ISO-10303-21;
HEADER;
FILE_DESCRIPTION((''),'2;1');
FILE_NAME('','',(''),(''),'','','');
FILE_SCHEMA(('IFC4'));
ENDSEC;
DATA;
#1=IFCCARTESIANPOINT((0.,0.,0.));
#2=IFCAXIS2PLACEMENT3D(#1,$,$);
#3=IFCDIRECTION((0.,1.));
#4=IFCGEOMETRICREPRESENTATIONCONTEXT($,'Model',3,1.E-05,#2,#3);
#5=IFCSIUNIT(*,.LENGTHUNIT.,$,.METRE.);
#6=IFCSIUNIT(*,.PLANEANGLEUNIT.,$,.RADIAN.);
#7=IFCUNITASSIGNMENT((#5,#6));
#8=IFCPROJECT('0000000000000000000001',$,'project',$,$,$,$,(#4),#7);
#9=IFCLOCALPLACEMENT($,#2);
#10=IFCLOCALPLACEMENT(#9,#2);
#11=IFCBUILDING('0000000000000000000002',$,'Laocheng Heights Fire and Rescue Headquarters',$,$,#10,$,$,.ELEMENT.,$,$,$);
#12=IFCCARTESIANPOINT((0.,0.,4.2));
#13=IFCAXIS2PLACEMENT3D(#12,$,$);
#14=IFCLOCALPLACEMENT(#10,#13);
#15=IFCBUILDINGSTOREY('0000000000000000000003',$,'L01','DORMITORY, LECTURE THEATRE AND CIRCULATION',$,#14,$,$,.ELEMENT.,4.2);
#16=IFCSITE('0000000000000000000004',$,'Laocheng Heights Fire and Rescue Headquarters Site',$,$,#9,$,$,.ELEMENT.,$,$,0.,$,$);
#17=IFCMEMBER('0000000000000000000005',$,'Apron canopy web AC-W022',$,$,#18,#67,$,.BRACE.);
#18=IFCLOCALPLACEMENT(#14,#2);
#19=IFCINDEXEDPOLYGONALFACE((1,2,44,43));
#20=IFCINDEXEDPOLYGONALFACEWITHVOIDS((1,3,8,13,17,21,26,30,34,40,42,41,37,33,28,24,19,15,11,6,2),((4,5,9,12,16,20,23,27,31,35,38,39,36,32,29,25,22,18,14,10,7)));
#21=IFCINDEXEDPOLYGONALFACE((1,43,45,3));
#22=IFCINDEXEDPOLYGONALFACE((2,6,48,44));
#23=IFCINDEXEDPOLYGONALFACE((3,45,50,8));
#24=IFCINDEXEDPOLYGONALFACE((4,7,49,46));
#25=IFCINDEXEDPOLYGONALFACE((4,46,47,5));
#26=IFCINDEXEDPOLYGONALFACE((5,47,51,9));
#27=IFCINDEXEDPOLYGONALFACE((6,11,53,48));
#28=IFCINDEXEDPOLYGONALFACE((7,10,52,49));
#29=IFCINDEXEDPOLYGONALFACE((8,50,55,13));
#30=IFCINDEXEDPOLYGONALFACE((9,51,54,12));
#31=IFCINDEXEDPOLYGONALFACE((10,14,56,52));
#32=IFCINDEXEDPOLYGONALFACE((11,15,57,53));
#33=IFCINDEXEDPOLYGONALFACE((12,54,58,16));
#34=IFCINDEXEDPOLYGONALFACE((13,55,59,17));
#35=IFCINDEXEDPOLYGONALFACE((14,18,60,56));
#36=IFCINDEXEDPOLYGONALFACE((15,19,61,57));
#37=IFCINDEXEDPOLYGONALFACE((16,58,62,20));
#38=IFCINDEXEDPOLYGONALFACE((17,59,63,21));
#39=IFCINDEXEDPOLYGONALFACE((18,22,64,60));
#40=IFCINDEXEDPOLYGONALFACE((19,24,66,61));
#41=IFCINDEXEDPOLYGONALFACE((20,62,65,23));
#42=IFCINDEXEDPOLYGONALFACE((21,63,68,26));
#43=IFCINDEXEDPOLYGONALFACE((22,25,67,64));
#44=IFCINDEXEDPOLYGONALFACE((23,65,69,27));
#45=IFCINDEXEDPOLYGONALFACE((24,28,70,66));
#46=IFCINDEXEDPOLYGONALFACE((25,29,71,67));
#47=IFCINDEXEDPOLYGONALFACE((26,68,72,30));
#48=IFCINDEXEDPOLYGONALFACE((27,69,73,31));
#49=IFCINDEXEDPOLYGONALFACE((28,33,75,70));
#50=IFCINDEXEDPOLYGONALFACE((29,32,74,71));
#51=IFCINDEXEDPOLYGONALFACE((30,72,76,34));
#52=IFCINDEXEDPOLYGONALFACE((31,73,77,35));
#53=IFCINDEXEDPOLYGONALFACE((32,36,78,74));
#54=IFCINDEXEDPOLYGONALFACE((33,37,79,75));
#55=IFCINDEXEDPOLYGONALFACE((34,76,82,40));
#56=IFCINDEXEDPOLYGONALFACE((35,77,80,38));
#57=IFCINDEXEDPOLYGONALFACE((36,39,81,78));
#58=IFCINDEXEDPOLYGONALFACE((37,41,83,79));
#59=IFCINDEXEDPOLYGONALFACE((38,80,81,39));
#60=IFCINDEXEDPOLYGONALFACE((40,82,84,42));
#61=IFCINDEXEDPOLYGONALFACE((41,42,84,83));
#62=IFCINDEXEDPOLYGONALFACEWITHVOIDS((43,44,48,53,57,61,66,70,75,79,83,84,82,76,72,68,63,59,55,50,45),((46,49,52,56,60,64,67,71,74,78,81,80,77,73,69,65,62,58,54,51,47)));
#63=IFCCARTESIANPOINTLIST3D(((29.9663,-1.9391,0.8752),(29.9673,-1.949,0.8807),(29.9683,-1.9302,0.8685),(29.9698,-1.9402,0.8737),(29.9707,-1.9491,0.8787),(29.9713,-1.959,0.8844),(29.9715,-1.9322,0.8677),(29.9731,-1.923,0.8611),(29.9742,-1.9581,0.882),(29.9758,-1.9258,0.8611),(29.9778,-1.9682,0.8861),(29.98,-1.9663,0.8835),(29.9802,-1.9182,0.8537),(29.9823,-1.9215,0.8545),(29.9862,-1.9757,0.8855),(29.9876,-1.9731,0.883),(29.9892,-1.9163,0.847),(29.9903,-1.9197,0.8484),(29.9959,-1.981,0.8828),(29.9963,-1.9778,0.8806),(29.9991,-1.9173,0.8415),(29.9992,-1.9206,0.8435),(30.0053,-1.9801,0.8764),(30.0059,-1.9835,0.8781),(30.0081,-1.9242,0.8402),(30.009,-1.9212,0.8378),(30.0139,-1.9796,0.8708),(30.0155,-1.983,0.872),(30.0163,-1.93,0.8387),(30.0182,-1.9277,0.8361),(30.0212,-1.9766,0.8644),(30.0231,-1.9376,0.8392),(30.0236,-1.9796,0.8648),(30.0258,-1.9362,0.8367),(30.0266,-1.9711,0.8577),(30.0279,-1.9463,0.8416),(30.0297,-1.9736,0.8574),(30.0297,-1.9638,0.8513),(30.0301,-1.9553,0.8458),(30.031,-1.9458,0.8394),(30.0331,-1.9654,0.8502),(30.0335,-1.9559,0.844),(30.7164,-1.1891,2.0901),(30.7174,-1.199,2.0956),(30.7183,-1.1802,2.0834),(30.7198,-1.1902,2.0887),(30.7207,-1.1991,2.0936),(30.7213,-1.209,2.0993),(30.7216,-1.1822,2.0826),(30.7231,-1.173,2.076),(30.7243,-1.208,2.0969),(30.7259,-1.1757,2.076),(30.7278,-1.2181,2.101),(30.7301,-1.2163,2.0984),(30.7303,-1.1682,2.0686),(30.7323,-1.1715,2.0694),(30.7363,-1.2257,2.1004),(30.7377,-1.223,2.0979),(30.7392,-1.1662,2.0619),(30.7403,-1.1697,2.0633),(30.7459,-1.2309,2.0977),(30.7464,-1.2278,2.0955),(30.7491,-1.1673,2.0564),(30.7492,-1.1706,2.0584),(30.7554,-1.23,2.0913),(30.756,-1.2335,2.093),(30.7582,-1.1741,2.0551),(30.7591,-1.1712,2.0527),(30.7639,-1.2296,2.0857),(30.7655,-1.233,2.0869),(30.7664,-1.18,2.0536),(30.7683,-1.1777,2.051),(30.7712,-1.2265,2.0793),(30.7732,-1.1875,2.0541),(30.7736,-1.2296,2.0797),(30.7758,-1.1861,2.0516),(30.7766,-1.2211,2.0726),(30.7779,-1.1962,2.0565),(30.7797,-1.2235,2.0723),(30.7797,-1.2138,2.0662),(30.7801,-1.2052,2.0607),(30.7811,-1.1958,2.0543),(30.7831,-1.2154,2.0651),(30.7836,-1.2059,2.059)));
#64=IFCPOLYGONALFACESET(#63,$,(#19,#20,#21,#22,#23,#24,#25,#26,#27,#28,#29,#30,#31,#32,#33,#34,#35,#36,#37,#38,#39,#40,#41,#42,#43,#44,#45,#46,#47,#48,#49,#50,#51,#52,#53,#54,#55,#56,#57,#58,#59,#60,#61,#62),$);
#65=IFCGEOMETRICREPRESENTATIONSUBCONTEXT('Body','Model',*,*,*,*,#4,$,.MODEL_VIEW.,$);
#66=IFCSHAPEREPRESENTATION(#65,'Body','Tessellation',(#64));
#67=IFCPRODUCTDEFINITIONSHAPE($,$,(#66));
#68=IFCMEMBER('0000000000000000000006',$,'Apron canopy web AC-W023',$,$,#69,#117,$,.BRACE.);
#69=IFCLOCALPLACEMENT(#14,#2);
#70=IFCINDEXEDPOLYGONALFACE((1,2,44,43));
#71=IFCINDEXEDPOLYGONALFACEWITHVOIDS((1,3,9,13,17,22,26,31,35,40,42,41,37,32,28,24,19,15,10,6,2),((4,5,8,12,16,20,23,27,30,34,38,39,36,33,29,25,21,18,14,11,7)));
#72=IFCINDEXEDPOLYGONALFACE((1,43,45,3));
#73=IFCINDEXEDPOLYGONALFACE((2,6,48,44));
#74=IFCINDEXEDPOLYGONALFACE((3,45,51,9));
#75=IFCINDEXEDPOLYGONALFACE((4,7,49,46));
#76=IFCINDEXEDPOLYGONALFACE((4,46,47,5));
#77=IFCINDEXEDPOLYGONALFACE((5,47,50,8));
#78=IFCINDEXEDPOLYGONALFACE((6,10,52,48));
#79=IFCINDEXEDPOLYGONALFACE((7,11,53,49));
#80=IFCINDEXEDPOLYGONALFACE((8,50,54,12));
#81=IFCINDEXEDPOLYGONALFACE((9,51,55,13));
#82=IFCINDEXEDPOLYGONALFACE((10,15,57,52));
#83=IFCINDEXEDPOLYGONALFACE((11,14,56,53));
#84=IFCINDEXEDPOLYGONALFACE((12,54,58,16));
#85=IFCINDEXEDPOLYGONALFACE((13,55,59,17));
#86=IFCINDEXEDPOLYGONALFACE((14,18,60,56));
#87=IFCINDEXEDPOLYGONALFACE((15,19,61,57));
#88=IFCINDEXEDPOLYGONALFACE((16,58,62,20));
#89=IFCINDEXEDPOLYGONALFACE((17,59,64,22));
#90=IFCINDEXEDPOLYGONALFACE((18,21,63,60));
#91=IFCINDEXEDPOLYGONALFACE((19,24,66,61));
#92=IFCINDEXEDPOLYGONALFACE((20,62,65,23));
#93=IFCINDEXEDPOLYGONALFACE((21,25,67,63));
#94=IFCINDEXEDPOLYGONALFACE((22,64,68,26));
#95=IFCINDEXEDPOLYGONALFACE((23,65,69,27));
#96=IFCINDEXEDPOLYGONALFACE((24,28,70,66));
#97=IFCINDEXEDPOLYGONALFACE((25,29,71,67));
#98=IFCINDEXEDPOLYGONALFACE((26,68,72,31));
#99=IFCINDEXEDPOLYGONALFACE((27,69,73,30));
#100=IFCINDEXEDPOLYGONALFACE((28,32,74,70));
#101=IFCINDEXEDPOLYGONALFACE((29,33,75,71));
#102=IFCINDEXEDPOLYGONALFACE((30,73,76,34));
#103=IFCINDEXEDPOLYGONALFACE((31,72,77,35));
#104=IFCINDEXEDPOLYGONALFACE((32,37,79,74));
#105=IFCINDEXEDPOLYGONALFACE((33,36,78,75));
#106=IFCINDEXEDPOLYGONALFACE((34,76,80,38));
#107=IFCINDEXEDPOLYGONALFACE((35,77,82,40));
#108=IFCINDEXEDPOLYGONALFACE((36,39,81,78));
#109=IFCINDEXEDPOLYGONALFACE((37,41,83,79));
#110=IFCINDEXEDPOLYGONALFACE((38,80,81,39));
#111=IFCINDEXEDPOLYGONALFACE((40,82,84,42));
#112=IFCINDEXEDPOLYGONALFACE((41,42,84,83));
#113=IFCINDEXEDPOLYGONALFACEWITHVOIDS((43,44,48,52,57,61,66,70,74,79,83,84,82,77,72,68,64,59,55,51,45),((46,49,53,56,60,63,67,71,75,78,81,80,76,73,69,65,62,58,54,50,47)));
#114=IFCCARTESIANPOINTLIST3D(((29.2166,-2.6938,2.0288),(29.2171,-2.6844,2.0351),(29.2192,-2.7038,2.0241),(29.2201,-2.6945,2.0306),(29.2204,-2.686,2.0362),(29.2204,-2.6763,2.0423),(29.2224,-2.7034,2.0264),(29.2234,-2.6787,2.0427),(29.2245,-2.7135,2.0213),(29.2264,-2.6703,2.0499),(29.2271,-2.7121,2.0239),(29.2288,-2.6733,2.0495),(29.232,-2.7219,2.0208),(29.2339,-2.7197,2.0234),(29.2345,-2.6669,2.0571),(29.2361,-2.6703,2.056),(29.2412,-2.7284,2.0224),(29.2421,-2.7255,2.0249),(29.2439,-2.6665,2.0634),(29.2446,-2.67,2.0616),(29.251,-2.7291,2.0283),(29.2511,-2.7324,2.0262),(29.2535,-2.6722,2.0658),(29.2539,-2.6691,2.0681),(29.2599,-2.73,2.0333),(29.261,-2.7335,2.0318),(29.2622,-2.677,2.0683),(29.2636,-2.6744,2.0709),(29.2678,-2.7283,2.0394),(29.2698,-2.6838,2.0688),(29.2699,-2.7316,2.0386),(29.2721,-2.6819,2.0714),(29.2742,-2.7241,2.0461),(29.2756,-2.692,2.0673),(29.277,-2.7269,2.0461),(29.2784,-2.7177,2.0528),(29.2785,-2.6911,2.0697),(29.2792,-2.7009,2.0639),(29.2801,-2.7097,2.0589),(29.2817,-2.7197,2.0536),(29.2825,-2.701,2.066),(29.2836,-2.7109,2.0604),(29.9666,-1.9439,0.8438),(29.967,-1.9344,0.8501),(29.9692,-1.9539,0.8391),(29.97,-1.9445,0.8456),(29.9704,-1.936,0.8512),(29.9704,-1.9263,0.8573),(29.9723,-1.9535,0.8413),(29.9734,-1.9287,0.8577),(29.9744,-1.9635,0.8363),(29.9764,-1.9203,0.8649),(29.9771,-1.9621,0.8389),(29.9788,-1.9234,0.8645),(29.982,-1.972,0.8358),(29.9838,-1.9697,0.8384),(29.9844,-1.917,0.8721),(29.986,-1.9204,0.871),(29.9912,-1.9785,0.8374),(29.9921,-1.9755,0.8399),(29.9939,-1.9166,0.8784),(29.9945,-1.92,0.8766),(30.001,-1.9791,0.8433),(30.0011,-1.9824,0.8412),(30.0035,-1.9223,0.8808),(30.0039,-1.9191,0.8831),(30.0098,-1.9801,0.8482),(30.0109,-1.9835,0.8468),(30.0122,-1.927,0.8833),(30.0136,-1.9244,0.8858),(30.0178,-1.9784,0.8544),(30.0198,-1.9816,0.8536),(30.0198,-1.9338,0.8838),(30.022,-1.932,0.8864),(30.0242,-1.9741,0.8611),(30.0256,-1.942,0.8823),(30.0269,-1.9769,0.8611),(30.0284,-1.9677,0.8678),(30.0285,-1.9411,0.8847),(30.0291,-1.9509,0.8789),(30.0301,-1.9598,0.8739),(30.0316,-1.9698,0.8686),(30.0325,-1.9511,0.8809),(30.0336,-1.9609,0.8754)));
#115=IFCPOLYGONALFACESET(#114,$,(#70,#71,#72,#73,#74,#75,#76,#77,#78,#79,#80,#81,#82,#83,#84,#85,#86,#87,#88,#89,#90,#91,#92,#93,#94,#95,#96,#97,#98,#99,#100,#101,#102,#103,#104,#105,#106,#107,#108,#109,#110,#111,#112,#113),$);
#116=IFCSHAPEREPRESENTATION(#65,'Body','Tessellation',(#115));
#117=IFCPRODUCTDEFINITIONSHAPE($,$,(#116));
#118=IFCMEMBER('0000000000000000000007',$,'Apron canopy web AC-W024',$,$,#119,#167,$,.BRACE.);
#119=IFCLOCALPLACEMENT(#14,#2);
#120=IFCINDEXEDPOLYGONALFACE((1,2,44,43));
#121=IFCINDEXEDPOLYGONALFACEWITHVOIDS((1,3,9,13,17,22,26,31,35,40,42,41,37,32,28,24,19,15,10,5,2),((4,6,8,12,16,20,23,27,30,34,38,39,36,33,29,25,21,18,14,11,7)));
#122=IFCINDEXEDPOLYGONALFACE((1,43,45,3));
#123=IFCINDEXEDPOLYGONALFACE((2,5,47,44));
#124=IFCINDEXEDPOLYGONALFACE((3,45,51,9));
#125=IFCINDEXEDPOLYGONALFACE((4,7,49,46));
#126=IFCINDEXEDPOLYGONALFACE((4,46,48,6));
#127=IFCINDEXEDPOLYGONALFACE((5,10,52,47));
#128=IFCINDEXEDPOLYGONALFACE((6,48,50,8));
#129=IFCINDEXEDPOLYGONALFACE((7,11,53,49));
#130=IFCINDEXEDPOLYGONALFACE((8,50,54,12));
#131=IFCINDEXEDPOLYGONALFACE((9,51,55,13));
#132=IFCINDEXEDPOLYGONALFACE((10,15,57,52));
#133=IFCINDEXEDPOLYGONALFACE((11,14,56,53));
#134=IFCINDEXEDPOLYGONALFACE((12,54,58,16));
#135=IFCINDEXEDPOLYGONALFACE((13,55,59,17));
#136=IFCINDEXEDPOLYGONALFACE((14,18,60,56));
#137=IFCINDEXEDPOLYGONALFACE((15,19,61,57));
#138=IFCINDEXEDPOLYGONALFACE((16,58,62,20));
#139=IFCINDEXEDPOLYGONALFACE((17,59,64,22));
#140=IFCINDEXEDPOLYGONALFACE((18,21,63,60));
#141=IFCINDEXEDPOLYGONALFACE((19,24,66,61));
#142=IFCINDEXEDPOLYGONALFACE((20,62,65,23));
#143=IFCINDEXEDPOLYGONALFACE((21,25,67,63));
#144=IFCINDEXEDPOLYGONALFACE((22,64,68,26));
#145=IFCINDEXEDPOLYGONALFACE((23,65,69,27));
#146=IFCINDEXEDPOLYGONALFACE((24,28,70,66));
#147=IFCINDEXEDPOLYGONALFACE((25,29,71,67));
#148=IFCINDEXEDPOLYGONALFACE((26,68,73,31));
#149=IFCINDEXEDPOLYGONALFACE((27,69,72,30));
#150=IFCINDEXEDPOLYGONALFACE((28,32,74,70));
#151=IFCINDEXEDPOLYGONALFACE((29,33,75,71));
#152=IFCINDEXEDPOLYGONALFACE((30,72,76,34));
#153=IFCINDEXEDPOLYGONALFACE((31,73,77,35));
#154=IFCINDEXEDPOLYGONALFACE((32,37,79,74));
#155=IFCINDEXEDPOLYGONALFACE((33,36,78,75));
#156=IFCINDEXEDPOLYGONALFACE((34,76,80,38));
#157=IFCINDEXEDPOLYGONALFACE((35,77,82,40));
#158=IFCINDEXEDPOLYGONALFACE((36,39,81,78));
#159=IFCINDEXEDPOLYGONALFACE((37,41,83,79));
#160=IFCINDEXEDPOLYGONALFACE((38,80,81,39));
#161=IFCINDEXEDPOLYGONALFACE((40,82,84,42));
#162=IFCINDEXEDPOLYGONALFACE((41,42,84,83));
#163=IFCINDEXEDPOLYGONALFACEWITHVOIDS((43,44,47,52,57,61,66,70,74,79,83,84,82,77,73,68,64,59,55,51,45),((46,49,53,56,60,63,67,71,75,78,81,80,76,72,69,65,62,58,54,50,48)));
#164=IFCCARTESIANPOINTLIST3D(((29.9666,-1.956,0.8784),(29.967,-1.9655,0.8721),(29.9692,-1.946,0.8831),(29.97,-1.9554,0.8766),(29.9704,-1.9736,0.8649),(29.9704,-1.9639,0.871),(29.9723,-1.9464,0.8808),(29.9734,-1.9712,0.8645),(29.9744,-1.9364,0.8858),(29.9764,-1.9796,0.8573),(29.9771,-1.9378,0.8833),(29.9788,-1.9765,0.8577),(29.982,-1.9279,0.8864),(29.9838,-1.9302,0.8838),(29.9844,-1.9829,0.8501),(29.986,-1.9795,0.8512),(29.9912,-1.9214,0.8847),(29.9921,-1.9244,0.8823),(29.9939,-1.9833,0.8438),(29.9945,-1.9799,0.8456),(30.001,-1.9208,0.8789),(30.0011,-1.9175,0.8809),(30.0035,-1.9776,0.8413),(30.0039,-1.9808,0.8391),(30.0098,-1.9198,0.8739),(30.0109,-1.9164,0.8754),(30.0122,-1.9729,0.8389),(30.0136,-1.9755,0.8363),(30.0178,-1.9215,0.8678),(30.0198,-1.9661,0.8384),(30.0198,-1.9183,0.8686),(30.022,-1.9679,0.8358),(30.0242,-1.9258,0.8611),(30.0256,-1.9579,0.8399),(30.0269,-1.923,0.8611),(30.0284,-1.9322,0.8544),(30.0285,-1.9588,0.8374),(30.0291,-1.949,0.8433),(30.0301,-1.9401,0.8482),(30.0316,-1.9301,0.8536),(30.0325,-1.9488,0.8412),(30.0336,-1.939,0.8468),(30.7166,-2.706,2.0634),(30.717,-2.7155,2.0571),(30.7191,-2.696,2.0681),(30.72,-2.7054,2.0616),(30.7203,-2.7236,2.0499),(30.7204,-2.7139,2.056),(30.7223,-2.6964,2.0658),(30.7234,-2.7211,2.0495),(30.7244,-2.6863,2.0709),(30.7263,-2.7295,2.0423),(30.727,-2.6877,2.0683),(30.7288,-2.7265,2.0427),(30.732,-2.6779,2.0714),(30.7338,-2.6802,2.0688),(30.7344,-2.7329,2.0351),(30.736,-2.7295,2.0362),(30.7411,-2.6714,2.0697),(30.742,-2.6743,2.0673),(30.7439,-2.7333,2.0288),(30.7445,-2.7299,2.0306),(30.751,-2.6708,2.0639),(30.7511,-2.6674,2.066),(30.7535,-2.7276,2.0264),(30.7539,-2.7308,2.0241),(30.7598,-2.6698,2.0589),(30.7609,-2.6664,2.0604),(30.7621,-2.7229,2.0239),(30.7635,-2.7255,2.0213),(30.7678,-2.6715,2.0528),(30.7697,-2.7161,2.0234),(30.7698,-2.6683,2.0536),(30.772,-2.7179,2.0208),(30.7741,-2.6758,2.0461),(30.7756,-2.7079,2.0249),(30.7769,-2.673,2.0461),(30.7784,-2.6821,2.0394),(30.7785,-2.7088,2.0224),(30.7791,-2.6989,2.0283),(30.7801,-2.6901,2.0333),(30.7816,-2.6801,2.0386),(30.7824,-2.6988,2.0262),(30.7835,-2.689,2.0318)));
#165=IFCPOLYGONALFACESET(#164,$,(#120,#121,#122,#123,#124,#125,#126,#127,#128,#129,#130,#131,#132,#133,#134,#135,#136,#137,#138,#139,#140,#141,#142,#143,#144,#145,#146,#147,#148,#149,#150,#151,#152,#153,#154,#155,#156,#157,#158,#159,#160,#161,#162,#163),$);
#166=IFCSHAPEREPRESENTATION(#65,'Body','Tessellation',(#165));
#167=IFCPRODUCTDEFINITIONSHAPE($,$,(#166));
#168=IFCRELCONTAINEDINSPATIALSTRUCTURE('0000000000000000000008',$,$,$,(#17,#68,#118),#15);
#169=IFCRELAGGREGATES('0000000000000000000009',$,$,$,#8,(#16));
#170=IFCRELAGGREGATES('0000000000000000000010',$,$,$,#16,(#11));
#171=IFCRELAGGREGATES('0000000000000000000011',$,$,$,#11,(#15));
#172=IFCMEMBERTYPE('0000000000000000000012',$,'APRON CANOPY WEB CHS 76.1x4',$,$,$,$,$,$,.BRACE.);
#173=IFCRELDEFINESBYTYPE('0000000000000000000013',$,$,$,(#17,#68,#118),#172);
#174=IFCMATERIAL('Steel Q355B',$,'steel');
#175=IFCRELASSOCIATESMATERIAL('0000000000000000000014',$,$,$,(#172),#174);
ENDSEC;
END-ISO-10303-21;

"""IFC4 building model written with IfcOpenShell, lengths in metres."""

from ifc_helpers import new_model, si_unit, direction, frame, origin, origin_2d, place, context, subcontext, project, spatial, hollow_circle, extrude, material, material_profile, profile_set, type_object, element, save


model = new_model("IFC4")

# Units and contexts
model_context = context("Model", 3, precision=1e-05, world=origin(), true_north=direction((0.0, 1.0)))
body_context = subcontext(model_context, "Body", "Model", "MODEL_VIEW")
ifc_project = project(units=[si_unit("LENGTHUNIT", "METRE"), si_unit("PLANEANGLEUNIT", "RADIAN")], contexts=[model_context])

# Site, building, storey
site_placement = place(None, origin())
site = spatial("IfcSite", under=ifc_project, at=site_placement, Name="Laocheng Heights Fire and Rescue Headquarters Site", CompositionType="ELEMENT", RefElevation=0.0)
building_placement = place(site_placement, origin())
building = spatial("IfcBuilding", under=site, at=building_placement, Name="Laocheng Heights Fire and Rescue Headquarters", CompositionType="ELEMENT")
storey_placement = place(building_placement, frame((0.0, 0.0, 4.2)))
storey = spatial("IfcBuildingStorey", under=building, at=storey_placement, Name="L01", Description="DORMITORY, LECTURE THEATRE AND CIRCULATION", CompositionType="ELEMENT", Elevation=4.2)

# Members
ifc_material_1 = material(Name="Steel Q355B", Category="steel")
ifc_material_profile_1 = material_profile(ifc_material_1, hollow_circle(Radius=0.0381, WallThickness=0.0039, at=origin_2d()), Name="CHS 76.1x4")
ifc_profile_set_1 = profile_set([ifc_material_profile_1], Name="Steel Q355B")
member_type_1 = type_object("IfcMemberType", Name="APRON CANOPY WEB CHS 76.1x4", PredefinedType="BRACE", material=ifc_profile_set_1)
for number, where, z_axis, x_axis, name in (
    (1, (30.0, -1.95, 0.8611), (0.465055, 0.465055, 0.753292), (-0.707107, 0.707107, 0.0), "Apron canopy web AC-W022"),
):
    element("IfcMember", number, at=place(storey_placement, frame(where, z_axis=z_axis, x_axis=x_axis)), inside=storey, type_object=member_type_1, Name=name, PredefinedType="BRACE", context=body_context, shape_type="SweptSolid", body=[
        extrude(hollow_circle(Radius=0.0381, WallThickness=0.0039, at=origin_2d()), origin(), (0.0, 0.0, 1.0), 1.6128),
    ])
for number, where, z_axis, x_axis, name in (
    (2, (30.0, -1.95, 0.8611), (-0.47158, -0.47158, 0.745134), (0.707107, -0.707107, 0.0), "Apron canopy web AC-W023"),
    (3, (30.0, -1.95, 0.8611), (0.47158, -0.47158, 0.745134), (0.707107, 0.707107, 0.0), "Apron canopy web AC-W024"),
):
    element("IfcMember", number, at=place(storey_placement, frame(where, z_axis=z_axis, x_axis=x_axis)), inside=storey, type_object=member_type_1, Name=name, PredefinedType="BRACE", context=body_context, shape_type="SweptSolid", body=[
        extrude(hollow_circle(Radius=0.0381, WallThickness=0.0039, at=origin_2d()), origin(), (0.0, 0.0, 1.0), 1.5903),
    ])

save(model, "model.ifc")
